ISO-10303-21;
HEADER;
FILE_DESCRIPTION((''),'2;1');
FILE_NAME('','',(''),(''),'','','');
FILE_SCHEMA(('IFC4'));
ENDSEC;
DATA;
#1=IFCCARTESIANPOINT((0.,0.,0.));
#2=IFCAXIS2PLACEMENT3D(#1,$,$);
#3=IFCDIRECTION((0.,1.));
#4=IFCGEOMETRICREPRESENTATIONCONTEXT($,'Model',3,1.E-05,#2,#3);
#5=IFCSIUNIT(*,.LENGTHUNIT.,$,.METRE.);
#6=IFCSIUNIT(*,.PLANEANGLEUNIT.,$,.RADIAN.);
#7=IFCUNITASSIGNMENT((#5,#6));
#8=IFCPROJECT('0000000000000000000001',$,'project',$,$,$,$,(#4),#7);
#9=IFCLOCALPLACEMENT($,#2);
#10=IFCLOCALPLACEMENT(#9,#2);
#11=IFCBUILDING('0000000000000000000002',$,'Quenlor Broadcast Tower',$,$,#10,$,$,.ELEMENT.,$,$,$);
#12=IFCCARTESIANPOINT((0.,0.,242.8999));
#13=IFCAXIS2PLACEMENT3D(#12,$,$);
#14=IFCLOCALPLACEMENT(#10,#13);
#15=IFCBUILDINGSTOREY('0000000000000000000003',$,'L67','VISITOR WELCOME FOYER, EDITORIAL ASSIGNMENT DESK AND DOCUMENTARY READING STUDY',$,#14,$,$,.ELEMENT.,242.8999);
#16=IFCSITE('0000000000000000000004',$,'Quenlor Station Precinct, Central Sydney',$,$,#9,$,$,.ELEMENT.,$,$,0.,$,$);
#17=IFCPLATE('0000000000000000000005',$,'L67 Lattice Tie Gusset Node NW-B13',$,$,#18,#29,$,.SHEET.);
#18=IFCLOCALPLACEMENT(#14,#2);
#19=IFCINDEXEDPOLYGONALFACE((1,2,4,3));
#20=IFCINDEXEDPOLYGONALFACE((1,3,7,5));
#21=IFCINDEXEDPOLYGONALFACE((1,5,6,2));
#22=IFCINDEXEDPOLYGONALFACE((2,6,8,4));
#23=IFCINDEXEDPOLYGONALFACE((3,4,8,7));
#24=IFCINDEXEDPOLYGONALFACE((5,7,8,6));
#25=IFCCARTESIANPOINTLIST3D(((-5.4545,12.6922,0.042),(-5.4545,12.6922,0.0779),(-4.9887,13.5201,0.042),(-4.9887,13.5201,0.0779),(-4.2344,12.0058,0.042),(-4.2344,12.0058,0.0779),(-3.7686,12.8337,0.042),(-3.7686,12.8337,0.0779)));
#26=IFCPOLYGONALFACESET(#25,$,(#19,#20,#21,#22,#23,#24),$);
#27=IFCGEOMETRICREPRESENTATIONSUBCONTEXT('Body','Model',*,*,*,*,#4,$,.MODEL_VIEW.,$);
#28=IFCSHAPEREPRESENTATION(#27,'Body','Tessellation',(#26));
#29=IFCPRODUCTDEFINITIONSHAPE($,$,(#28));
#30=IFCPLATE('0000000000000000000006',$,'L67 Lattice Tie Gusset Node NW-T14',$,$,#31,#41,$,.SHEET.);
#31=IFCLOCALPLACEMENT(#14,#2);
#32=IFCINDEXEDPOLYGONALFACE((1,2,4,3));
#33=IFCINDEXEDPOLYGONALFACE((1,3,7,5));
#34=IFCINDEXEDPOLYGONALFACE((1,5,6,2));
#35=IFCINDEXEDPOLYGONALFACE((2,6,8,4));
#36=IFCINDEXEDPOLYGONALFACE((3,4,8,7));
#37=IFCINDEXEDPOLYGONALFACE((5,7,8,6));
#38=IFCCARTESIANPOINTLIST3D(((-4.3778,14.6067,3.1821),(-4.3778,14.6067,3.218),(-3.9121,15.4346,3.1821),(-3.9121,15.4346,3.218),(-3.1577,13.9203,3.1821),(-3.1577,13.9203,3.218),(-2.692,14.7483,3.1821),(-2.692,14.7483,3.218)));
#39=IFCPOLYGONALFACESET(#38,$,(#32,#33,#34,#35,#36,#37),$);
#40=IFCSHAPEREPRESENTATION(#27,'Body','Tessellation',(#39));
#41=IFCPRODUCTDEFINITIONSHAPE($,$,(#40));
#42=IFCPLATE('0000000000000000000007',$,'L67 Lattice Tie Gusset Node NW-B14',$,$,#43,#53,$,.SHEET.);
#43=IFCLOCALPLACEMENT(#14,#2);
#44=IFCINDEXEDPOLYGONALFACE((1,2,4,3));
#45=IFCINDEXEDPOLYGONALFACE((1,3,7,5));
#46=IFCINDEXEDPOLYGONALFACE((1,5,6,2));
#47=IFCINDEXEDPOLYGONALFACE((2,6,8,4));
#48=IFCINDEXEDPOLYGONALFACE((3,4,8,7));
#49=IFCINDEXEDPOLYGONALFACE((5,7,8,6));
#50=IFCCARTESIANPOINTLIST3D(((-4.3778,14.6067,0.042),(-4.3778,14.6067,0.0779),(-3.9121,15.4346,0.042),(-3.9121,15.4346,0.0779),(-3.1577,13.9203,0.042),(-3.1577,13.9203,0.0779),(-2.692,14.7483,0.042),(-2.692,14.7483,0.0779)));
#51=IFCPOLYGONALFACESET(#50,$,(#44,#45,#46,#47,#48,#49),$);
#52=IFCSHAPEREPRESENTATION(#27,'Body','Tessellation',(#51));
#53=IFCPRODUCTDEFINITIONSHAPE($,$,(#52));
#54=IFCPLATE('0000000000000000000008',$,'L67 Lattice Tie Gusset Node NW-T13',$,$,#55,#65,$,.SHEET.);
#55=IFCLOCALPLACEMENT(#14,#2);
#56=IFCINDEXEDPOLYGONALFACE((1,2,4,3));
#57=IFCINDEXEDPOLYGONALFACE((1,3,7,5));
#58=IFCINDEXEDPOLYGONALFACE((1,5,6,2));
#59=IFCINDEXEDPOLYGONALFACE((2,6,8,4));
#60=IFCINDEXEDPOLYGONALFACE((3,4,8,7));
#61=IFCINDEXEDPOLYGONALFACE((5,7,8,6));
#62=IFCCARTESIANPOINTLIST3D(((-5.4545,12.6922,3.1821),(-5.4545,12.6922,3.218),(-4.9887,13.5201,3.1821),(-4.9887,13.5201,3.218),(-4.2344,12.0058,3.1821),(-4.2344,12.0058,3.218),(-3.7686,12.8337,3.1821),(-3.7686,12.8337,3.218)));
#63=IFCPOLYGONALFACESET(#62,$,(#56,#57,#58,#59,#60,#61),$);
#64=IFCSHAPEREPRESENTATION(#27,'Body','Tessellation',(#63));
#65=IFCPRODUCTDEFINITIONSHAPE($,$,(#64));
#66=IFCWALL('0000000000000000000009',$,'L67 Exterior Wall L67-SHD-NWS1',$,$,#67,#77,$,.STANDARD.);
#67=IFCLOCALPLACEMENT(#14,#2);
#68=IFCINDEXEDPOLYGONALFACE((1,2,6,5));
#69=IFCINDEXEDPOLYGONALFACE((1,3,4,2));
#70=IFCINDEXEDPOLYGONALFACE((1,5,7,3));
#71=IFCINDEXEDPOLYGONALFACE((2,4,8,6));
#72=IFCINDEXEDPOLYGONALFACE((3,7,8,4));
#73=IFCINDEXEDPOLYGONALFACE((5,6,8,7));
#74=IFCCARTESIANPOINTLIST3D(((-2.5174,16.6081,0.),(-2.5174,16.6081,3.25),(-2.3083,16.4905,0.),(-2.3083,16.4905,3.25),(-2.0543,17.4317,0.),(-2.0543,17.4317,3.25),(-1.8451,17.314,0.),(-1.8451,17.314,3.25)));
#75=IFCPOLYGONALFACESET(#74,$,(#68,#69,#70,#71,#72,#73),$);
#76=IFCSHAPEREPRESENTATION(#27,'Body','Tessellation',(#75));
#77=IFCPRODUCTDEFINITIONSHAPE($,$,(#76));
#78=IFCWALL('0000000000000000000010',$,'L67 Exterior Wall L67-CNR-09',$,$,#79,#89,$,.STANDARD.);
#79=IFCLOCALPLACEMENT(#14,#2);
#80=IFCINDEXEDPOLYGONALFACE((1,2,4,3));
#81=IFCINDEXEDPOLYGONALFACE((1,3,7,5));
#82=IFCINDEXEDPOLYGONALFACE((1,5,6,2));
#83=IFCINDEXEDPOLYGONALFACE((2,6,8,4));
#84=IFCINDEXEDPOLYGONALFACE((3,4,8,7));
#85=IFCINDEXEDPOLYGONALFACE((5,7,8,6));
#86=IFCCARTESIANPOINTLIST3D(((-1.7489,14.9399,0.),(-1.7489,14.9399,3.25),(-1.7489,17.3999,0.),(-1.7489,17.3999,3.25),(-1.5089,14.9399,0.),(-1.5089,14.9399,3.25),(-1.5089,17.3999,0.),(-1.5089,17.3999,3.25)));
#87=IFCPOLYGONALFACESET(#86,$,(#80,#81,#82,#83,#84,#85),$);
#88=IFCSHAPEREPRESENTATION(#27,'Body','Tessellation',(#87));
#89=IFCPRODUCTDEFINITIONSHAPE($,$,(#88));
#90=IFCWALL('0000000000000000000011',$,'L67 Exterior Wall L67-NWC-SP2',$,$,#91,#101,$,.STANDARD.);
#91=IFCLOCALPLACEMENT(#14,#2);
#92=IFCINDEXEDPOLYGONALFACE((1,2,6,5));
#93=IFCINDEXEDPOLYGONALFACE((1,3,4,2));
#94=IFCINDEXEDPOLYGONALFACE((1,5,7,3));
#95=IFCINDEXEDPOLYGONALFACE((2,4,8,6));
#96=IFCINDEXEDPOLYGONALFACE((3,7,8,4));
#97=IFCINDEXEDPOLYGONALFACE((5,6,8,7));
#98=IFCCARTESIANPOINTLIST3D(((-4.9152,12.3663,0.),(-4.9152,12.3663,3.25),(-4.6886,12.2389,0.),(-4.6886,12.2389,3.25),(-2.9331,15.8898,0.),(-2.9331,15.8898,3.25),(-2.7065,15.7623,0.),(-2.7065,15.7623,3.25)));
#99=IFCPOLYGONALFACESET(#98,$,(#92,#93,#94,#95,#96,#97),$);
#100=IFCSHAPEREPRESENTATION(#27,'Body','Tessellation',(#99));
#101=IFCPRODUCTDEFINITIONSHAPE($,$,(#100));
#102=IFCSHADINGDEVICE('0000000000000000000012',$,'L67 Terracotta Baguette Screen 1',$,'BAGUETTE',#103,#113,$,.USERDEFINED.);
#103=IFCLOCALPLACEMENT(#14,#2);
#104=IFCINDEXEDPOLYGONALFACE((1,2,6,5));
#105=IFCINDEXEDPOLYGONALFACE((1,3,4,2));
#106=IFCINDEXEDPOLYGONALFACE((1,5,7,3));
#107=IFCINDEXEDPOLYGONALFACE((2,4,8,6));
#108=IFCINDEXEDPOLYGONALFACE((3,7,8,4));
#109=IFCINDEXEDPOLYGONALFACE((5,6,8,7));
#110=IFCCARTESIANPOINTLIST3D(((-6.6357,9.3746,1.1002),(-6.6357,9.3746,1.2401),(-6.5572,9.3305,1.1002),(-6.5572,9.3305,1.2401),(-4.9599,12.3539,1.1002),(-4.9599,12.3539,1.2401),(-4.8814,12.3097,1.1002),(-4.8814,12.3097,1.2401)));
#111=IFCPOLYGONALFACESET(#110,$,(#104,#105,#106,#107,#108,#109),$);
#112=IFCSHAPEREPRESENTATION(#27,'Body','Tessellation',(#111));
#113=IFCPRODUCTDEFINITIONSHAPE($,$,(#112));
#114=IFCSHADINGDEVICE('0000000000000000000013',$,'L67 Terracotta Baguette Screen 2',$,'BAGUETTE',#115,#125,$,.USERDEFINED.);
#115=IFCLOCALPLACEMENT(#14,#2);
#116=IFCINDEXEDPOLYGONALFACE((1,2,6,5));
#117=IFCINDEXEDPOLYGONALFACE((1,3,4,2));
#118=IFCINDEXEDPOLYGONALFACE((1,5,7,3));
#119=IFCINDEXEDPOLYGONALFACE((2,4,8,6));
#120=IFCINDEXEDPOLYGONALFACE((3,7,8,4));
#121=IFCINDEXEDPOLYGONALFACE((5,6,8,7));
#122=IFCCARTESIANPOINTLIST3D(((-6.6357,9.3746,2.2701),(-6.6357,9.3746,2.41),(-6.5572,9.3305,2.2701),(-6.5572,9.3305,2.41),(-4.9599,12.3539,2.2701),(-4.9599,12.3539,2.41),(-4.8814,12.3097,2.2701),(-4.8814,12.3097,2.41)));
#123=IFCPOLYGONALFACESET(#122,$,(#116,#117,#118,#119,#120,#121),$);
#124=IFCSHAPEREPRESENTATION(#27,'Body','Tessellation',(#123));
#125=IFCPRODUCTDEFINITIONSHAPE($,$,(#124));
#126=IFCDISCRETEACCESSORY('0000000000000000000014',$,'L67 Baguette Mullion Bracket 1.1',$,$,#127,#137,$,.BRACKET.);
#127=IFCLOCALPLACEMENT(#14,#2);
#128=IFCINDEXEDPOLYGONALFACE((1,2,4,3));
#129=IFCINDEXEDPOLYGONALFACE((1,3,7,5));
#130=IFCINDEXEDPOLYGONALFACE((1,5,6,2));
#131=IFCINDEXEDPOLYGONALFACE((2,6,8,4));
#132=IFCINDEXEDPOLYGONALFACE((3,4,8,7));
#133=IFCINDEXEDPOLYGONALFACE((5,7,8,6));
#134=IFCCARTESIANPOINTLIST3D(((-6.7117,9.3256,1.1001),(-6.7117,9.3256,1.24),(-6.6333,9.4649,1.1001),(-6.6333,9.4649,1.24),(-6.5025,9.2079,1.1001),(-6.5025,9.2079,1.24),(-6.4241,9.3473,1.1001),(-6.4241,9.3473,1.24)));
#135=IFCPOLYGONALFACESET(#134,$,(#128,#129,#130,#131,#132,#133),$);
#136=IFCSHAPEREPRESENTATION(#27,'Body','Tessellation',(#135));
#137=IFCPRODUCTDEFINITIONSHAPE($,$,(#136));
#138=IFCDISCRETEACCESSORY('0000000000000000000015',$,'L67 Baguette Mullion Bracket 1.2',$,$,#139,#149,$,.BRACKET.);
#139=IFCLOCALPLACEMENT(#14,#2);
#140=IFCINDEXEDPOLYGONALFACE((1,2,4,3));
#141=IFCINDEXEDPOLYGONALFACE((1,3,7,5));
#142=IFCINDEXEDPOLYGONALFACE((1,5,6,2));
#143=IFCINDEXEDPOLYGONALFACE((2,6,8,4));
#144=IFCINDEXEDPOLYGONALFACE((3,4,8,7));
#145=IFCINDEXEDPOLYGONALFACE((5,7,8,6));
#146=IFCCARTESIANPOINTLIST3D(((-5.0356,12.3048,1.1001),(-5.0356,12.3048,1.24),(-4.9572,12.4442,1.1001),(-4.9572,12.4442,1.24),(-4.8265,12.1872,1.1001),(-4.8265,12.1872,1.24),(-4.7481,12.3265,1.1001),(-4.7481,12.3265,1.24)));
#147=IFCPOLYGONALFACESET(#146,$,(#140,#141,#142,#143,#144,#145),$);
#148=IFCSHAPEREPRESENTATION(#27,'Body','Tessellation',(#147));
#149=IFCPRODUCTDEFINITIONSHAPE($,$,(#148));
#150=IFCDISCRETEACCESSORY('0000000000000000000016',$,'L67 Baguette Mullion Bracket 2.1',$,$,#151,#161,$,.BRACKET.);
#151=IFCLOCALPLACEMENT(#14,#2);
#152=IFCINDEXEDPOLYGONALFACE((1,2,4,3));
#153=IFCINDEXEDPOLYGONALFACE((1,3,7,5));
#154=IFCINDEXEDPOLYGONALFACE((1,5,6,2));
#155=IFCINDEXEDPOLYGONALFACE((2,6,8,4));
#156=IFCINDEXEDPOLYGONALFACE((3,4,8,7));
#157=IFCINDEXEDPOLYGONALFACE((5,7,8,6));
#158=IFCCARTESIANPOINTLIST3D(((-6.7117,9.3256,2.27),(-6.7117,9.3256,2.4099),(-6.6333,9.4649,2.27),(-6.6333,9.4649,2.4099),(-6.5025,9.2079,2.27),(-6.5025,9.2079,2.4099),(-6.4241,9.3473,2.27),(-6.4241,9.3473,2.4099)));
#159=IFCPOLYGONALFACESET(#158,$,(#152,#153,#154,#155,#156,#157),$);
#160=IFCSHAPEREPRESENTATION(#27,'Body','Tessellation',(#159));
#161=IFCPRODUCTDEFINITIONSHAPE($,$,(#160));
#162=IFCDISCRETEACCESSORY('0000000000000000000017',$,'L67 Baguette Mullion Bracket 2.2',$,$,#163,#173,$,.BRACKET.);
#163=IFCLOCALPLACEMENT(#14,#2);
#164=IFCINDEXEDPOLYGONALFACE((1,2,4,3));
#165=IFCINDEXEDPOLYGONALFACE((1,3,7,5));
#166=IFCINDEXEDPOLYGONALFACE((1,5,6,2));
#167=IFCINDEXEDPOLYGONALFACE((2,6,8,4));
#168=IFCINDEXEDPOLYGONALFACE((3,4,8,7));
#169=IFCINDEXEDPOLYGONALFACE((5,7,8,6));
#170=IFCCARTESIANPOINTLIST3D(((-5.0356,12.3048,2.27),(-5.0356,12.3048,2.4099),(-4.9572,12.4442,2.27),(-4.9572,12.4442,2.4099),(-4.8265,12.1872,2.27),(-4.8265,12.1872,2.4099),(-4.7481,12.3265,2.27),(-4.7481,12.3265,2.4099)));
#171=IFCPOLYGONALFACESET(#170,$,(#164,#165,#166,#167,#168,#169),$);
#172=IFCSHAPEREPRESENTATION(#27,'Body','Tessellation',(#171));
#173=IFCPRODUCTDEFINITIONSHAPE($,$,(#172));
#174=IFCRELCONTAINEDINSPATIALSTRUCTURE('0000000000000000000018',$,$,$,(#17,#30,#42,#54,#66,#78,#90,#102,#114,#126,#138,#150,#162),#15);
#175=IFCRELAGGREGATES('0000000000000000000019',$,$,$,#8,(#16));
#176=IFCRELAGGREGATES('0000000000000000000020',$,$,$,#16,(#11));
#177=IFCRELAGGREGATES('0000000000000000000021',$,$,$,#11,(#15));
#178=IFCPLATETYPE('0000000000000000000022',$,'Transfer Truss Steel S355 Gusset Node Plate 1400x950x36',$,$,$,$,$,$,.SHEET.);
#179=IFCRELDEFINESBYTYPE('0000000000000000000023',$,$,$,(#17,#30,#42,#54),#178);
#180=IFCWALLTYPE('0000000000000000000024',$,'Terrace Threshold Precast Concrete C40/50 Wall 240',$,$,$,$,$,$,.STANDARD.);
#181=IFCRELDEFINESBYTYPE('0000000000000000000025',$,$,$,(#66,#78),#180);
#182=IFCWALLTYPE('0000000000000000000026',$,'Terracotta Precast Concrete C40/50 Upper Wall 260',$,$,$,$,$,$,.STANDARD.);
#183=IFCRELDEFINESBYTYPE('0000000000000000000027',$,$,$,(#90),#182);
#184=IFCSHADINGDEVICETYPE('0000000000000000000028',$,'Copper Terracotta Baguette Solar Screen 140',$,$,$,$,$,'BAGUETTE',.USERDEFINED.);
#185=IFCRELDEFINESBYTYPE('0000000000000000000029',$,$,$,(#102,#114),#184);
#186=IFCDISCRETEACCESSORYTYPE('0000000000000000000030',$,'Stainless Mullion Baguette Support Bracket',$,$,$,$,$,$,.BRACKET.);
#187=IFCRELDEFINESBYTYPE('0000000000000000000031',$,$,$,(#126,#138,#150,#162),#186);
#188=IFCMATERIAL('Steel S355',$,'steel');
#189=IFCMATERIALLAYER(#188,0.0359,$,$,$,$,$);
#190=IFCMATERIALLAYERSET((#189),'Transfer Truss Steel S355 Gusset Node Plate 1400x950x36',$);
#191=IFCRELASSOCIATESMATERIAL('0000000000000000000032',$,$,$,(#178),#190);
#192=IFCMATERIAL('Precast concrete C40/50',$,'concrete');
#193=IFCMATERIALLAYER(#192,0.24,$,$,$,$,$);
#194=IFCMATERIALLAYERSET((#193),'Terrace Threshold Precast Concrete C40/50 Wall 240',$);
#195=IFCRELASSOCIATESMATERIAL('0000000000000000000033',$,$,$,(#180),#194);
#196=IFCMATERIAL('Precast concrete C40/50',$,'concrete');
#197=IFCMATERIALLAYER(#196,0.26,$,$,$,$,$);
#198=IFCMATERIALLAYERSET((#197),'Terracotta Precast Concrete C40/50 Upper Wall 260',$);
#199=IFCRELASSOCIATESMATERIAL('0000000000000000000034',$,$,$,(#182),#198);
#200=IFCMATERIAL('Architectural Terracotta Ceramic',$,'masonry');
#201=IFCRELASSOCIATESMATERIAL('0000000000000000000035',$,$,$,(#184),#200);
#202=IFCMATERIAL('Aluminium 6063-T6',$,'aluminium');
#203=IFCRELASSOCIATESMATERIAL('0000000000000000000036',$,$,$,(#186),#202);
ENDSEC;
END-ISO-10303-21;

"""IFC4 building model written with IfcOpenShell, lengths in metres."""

from ifc_helpers import new_model, si_unit, direction, frame, frame_2d, origin, origin_2d, place, context, subcontext, project, spatial, rectangle, extrude, material, layer, layer_set, material_profile, profile_set, type_object, element, save


model = new_model("IFC4")

# Units and contexts
model_context = context("Model", 3, precision=1e-05, world=origin(), true_north=direction((0.0, 1.0)))
body_context = subcontext(model_context, "Body", "Model", "MODEL_VIEW")
ifc_project = project(units=[si_unit("LENGTHUNIT", "METRE"), si_unit("PLANEANGLEUNIT", "RADIAN")], contexts=[model_context])

# Site, building, storey
site_placement = place(None, origin())
site = spatial("IfcSite", under=ifc_project, at=site_placement, Name="Quenlor Station Precinct, Central Sydney", CompositionType="ELEMENT", RefElevation=0.0)
building_placement = place(site_placement, origin())
building = spatial("IfcBuilding", under=site, at=building_placement, Name="Quenlor Broadcast Tower", CompositionType="ELEMENT")
storey_placement = place(building_placement, frame((0.0, 0.0, 242.8999)))
storey = spatial("IfcBuildingStorey", under=building, at=storey_placement, Name="L67", Description="VISITOR WELCOME FOYER, EDITORIAL ASSIGNMENT DESK AND DOCUMENTARY READING STUDY", CompositionType="ELEMENT", Elevation=242.8999)

# Plates
ifc_material_1 = material(Name="Steel S355", Category="steel")
ifc_layer_1 = layer(ifc_material_1, 0.0359)
ifc_layer_set_1 = layer_set([ifc_layer_1], Name="Transfer Truss Steel S355 Gusset Node Plate 1400x950x36")
plate_type_1 = type_object("IfcPlateType", Name="Transfer Truss Steel S355 Gusset Node Plate 1400x950x36", PredefinedType="SHEET", material=ifc_layer_set_1)
for number, where, z_axis, x_axis, name in (
    (1, (-4.6116, 12.7629, 0.042), (0.0, 0.0, 1.0), (-0.871556, 0.490295, 0.0), "L67 Lattice Tie Gusset Node NW-B13"),
    (2, (-3.5349, 14.6775, 3.1821), (0.0, 0.0, 1.0), (-0.871556, 0.490295, 0.0), "L67 Lattice Tie Gusset Node NW-T14"),
    (3, (-3.5349, 14.6775, 0.042), (0.0, 0.0, 1.0), (-0.871556, 0.490295, 0.0), "L67 Lattice Tie Gusset Node NW-B14"),
    (4, (-4.6116, 12.7629, 3.1821), (0.0, 0.0, 1.0), (-0.871556, 0.490295, 0.0), "L67 Lattice Tie Gusset Node NW-T13"),
):
    element("IfcPlate", number, at=place(storey_placement, frame(where, z_axis=z_axis, x_axis=x_axis)), inside=storey, type_object=plate_type_1, Name=name, PredefinedType="SHEET", context=body_context, shape_type="SweptSolid", body=[
        extrude(rectangle(XDim=1.3999, YDim=0.95, at=origin_2d()), origin(), (0.0, 0.0, 1.0), 0.0359),
    ])

# Walls
ifc_material_2 = material(Name="Precast concrete C40/50", Category="concrete")
ifc_layer_2 = layer(ifc_material_2, 0.24)
ifc_layer_set_2 = layer_set([ifc_layer_2], Name="Terrace Threshold Precast Concrete C40/50 Wall 240")
wall_type_1 = type_object("IfcWallType", Name="Terrace Threshold Precast Concrete C40/50 Wall 240", PredefinedType="STANDARD", material=ifc_layer_set_2)
wall_1_placement = place(storey_placement, frame((-2.4128, 16.5493, 0.0), z_axis=(0.0, 0.0, 1.0), x_axis=(0.4902, 0.87161, 0.0)))
element("IfcWall", 5, at=wall_1_placement, inside=storey, type_object=wall_type_1, Name="L67 Exterior Wall L67-SHD-NWS1", PredefinedType="STANDARD", context=body_context, shape_type="SweptSolid", body=[
    extrude(rectangle(XDim=0.9448, YDim=0.24, at=frame_2d((0.4724, 0.0))), origin(), (0.0, 0.0, 1.0), 3.25),
])
wall_2_placement = place(storey_placement, frame((-1.6289, 14.9399, 0.0), z_axis=(0.0, 0.0, 1.0), x_axis=(0.0, 1.0, 0.0)))
element("IfcWall", 6, at=wall_2_placement, inside=storey, type_object=wall_type_1, Name="L67 Exterior Wall L67-CNR-09", PredefinedType="STANDARD", context=body_context, shape_type="SweptSolid", body=[
    extrude(rectangle(XDim=2.46, YDim=0.24, at=frame_2d((1.23, 0.0))), origin(), (0.0, 0.0, 1.0), 3.25),
])
ifc_material_3 = material(Name="Precast concrete C40/50", Category="concrete")
ifc_layer_3 = layer(ifc_material_3, 0.26)
ifc_layer_set_3 = layer_set([ifc_layer_3], Name="Terracotta Precast Concrete C40/50 Upper Wall 260")
wall_type_2 = type_object("IfcWallType", Name="Terracotta Precast Concrete C40/50 Upper Wall 260", PredefinedType="STANDARD", material=ifc_layer_set_3)
wall_3_placement = place(storey_placement, frame((-4.802, 12.3025, 0.0), z_axis=(0.0, 0.0, 1.0), x_axis=(0.490307, 0.87155, 0.0)))
element("IfcWall", 7, at=wall_3_placement, inside=storey, type_object=wall_type_2, Name="L67 Exterior Wall L67-NWC-SP2", PredefinedType="STANDARD", context=body_context, shape_type="SweptSolid", body=[
    extrude(rectangle(XDim=4.0427, YDim=0.26, at=frame_2d((2.0215, 0.0))), origin(), (0.0, 0.0, 1.0), 3.25),
])

# Shading devices
ifc_material_4 = material(Name="Architectural Terracotta Ceramic", Category="masonry")
ifc_material_profile_1 = material_profile(ifc_material_4, rectangle(XDim=0.0901, YDim=0.1399, at=origin_2d()))
ifc_profile_set_1 = profile_set([ifc_material_profile_1], Name="Architectural Terracotta Ceramic BAG90x140")
shading_device_type = type_object("IfcShadingDeviceType", Name="Copper Terracotta Baguette Solar Screen 140", ElementType="BAGUETTE", PredefinedType="USERDEFINED", material=ifc_profile_set_1)
for number, where, z_axis, x_axis, name in (
    (8, (-6.5964, 9.3525, 1.1702), (0.490251, 0.871581, 0.0), (-0.871581, 0.490251, 0.0), "L67 Terracotta Baguette Screen 1"),
    (9, (-6.5964, 9.3525, 2.3401), (0.490251, 0.871581, 0.0), (-0.871581, 0.490251, 0.0), "L67 Terracotta Baguette Screen 2"),
):
    element("IfcShadingDevice", number, at=place(storey_placement, frame(where, z_axis=z_axis, x_axis=x_axis)), inside=storey, type_object=shading_device_type, Name=name, ObjectType="BAGUETTE", PredefinedType="USERDEFINED", context=body_context, shape_type="SweptSolid", body=[
        extrude(rectangle(XDim=0.0901, YDim=0.1399, at=origin_2d()), origin(), (0.0, 0.0, 1.0), 3.4182),
    ])

# Discrete accessories
ifc_material_5 = material(Name="Aluminium 6063-T6", Category="aluminium")
discrete_accessory_type = type_object("IfcDiscreteAccessoryType", Name="Stainless Mullion Baguette Support Bracket", PredefinedType="BRACKET", material=ifc_material_5)
for number, where, z_axis, x_axis, name in (
    (10, (-6.5679, 9.3364, 1.1001), (0.0, 0.0, 1.0), (0.49025, 0.871582, 0.0), "L67 Baguette Mullion Bracket 1.1"),
    (11, (-4.8918, 12.3157, 1.1001), (0.0, 0.0, 1.0), (0.49025, 0.871582, 0.0), "L67 Baguette Mullion Bracket 1.2"),
    (12, (-6.5679, 9.3364, 2.27), (0.0, 0.0, 1.0), (0.49025, 0.871582, 0.0), "L67 Baguette Mullion Bracket 2.1"),
    (13, (-4.8918, 12.3157, 2.27), (0.0, 0.0, 1.0), (0.49025, 0.871582, 0.0), "L67 Baguette Mullion Bracket 2.2"),
):
    element("IfcDiscreteAccessory", number, at=place(storey_placement, frame(where, z_axis=z_axis, x_axis=x_axis)), inside=storey, type_object=discrete_accessory_type, Name=name, PredefinedType="BRACKET", context=body_context, shape_type="SweptSolid", body=[
        extrude(rectangle(XDim=0.1599, YDim=0.24, at=origin_2d()), origin(), (0.0, 0.0, 1.0), 0.1399),
    ])

save(model, "model.ifc")
